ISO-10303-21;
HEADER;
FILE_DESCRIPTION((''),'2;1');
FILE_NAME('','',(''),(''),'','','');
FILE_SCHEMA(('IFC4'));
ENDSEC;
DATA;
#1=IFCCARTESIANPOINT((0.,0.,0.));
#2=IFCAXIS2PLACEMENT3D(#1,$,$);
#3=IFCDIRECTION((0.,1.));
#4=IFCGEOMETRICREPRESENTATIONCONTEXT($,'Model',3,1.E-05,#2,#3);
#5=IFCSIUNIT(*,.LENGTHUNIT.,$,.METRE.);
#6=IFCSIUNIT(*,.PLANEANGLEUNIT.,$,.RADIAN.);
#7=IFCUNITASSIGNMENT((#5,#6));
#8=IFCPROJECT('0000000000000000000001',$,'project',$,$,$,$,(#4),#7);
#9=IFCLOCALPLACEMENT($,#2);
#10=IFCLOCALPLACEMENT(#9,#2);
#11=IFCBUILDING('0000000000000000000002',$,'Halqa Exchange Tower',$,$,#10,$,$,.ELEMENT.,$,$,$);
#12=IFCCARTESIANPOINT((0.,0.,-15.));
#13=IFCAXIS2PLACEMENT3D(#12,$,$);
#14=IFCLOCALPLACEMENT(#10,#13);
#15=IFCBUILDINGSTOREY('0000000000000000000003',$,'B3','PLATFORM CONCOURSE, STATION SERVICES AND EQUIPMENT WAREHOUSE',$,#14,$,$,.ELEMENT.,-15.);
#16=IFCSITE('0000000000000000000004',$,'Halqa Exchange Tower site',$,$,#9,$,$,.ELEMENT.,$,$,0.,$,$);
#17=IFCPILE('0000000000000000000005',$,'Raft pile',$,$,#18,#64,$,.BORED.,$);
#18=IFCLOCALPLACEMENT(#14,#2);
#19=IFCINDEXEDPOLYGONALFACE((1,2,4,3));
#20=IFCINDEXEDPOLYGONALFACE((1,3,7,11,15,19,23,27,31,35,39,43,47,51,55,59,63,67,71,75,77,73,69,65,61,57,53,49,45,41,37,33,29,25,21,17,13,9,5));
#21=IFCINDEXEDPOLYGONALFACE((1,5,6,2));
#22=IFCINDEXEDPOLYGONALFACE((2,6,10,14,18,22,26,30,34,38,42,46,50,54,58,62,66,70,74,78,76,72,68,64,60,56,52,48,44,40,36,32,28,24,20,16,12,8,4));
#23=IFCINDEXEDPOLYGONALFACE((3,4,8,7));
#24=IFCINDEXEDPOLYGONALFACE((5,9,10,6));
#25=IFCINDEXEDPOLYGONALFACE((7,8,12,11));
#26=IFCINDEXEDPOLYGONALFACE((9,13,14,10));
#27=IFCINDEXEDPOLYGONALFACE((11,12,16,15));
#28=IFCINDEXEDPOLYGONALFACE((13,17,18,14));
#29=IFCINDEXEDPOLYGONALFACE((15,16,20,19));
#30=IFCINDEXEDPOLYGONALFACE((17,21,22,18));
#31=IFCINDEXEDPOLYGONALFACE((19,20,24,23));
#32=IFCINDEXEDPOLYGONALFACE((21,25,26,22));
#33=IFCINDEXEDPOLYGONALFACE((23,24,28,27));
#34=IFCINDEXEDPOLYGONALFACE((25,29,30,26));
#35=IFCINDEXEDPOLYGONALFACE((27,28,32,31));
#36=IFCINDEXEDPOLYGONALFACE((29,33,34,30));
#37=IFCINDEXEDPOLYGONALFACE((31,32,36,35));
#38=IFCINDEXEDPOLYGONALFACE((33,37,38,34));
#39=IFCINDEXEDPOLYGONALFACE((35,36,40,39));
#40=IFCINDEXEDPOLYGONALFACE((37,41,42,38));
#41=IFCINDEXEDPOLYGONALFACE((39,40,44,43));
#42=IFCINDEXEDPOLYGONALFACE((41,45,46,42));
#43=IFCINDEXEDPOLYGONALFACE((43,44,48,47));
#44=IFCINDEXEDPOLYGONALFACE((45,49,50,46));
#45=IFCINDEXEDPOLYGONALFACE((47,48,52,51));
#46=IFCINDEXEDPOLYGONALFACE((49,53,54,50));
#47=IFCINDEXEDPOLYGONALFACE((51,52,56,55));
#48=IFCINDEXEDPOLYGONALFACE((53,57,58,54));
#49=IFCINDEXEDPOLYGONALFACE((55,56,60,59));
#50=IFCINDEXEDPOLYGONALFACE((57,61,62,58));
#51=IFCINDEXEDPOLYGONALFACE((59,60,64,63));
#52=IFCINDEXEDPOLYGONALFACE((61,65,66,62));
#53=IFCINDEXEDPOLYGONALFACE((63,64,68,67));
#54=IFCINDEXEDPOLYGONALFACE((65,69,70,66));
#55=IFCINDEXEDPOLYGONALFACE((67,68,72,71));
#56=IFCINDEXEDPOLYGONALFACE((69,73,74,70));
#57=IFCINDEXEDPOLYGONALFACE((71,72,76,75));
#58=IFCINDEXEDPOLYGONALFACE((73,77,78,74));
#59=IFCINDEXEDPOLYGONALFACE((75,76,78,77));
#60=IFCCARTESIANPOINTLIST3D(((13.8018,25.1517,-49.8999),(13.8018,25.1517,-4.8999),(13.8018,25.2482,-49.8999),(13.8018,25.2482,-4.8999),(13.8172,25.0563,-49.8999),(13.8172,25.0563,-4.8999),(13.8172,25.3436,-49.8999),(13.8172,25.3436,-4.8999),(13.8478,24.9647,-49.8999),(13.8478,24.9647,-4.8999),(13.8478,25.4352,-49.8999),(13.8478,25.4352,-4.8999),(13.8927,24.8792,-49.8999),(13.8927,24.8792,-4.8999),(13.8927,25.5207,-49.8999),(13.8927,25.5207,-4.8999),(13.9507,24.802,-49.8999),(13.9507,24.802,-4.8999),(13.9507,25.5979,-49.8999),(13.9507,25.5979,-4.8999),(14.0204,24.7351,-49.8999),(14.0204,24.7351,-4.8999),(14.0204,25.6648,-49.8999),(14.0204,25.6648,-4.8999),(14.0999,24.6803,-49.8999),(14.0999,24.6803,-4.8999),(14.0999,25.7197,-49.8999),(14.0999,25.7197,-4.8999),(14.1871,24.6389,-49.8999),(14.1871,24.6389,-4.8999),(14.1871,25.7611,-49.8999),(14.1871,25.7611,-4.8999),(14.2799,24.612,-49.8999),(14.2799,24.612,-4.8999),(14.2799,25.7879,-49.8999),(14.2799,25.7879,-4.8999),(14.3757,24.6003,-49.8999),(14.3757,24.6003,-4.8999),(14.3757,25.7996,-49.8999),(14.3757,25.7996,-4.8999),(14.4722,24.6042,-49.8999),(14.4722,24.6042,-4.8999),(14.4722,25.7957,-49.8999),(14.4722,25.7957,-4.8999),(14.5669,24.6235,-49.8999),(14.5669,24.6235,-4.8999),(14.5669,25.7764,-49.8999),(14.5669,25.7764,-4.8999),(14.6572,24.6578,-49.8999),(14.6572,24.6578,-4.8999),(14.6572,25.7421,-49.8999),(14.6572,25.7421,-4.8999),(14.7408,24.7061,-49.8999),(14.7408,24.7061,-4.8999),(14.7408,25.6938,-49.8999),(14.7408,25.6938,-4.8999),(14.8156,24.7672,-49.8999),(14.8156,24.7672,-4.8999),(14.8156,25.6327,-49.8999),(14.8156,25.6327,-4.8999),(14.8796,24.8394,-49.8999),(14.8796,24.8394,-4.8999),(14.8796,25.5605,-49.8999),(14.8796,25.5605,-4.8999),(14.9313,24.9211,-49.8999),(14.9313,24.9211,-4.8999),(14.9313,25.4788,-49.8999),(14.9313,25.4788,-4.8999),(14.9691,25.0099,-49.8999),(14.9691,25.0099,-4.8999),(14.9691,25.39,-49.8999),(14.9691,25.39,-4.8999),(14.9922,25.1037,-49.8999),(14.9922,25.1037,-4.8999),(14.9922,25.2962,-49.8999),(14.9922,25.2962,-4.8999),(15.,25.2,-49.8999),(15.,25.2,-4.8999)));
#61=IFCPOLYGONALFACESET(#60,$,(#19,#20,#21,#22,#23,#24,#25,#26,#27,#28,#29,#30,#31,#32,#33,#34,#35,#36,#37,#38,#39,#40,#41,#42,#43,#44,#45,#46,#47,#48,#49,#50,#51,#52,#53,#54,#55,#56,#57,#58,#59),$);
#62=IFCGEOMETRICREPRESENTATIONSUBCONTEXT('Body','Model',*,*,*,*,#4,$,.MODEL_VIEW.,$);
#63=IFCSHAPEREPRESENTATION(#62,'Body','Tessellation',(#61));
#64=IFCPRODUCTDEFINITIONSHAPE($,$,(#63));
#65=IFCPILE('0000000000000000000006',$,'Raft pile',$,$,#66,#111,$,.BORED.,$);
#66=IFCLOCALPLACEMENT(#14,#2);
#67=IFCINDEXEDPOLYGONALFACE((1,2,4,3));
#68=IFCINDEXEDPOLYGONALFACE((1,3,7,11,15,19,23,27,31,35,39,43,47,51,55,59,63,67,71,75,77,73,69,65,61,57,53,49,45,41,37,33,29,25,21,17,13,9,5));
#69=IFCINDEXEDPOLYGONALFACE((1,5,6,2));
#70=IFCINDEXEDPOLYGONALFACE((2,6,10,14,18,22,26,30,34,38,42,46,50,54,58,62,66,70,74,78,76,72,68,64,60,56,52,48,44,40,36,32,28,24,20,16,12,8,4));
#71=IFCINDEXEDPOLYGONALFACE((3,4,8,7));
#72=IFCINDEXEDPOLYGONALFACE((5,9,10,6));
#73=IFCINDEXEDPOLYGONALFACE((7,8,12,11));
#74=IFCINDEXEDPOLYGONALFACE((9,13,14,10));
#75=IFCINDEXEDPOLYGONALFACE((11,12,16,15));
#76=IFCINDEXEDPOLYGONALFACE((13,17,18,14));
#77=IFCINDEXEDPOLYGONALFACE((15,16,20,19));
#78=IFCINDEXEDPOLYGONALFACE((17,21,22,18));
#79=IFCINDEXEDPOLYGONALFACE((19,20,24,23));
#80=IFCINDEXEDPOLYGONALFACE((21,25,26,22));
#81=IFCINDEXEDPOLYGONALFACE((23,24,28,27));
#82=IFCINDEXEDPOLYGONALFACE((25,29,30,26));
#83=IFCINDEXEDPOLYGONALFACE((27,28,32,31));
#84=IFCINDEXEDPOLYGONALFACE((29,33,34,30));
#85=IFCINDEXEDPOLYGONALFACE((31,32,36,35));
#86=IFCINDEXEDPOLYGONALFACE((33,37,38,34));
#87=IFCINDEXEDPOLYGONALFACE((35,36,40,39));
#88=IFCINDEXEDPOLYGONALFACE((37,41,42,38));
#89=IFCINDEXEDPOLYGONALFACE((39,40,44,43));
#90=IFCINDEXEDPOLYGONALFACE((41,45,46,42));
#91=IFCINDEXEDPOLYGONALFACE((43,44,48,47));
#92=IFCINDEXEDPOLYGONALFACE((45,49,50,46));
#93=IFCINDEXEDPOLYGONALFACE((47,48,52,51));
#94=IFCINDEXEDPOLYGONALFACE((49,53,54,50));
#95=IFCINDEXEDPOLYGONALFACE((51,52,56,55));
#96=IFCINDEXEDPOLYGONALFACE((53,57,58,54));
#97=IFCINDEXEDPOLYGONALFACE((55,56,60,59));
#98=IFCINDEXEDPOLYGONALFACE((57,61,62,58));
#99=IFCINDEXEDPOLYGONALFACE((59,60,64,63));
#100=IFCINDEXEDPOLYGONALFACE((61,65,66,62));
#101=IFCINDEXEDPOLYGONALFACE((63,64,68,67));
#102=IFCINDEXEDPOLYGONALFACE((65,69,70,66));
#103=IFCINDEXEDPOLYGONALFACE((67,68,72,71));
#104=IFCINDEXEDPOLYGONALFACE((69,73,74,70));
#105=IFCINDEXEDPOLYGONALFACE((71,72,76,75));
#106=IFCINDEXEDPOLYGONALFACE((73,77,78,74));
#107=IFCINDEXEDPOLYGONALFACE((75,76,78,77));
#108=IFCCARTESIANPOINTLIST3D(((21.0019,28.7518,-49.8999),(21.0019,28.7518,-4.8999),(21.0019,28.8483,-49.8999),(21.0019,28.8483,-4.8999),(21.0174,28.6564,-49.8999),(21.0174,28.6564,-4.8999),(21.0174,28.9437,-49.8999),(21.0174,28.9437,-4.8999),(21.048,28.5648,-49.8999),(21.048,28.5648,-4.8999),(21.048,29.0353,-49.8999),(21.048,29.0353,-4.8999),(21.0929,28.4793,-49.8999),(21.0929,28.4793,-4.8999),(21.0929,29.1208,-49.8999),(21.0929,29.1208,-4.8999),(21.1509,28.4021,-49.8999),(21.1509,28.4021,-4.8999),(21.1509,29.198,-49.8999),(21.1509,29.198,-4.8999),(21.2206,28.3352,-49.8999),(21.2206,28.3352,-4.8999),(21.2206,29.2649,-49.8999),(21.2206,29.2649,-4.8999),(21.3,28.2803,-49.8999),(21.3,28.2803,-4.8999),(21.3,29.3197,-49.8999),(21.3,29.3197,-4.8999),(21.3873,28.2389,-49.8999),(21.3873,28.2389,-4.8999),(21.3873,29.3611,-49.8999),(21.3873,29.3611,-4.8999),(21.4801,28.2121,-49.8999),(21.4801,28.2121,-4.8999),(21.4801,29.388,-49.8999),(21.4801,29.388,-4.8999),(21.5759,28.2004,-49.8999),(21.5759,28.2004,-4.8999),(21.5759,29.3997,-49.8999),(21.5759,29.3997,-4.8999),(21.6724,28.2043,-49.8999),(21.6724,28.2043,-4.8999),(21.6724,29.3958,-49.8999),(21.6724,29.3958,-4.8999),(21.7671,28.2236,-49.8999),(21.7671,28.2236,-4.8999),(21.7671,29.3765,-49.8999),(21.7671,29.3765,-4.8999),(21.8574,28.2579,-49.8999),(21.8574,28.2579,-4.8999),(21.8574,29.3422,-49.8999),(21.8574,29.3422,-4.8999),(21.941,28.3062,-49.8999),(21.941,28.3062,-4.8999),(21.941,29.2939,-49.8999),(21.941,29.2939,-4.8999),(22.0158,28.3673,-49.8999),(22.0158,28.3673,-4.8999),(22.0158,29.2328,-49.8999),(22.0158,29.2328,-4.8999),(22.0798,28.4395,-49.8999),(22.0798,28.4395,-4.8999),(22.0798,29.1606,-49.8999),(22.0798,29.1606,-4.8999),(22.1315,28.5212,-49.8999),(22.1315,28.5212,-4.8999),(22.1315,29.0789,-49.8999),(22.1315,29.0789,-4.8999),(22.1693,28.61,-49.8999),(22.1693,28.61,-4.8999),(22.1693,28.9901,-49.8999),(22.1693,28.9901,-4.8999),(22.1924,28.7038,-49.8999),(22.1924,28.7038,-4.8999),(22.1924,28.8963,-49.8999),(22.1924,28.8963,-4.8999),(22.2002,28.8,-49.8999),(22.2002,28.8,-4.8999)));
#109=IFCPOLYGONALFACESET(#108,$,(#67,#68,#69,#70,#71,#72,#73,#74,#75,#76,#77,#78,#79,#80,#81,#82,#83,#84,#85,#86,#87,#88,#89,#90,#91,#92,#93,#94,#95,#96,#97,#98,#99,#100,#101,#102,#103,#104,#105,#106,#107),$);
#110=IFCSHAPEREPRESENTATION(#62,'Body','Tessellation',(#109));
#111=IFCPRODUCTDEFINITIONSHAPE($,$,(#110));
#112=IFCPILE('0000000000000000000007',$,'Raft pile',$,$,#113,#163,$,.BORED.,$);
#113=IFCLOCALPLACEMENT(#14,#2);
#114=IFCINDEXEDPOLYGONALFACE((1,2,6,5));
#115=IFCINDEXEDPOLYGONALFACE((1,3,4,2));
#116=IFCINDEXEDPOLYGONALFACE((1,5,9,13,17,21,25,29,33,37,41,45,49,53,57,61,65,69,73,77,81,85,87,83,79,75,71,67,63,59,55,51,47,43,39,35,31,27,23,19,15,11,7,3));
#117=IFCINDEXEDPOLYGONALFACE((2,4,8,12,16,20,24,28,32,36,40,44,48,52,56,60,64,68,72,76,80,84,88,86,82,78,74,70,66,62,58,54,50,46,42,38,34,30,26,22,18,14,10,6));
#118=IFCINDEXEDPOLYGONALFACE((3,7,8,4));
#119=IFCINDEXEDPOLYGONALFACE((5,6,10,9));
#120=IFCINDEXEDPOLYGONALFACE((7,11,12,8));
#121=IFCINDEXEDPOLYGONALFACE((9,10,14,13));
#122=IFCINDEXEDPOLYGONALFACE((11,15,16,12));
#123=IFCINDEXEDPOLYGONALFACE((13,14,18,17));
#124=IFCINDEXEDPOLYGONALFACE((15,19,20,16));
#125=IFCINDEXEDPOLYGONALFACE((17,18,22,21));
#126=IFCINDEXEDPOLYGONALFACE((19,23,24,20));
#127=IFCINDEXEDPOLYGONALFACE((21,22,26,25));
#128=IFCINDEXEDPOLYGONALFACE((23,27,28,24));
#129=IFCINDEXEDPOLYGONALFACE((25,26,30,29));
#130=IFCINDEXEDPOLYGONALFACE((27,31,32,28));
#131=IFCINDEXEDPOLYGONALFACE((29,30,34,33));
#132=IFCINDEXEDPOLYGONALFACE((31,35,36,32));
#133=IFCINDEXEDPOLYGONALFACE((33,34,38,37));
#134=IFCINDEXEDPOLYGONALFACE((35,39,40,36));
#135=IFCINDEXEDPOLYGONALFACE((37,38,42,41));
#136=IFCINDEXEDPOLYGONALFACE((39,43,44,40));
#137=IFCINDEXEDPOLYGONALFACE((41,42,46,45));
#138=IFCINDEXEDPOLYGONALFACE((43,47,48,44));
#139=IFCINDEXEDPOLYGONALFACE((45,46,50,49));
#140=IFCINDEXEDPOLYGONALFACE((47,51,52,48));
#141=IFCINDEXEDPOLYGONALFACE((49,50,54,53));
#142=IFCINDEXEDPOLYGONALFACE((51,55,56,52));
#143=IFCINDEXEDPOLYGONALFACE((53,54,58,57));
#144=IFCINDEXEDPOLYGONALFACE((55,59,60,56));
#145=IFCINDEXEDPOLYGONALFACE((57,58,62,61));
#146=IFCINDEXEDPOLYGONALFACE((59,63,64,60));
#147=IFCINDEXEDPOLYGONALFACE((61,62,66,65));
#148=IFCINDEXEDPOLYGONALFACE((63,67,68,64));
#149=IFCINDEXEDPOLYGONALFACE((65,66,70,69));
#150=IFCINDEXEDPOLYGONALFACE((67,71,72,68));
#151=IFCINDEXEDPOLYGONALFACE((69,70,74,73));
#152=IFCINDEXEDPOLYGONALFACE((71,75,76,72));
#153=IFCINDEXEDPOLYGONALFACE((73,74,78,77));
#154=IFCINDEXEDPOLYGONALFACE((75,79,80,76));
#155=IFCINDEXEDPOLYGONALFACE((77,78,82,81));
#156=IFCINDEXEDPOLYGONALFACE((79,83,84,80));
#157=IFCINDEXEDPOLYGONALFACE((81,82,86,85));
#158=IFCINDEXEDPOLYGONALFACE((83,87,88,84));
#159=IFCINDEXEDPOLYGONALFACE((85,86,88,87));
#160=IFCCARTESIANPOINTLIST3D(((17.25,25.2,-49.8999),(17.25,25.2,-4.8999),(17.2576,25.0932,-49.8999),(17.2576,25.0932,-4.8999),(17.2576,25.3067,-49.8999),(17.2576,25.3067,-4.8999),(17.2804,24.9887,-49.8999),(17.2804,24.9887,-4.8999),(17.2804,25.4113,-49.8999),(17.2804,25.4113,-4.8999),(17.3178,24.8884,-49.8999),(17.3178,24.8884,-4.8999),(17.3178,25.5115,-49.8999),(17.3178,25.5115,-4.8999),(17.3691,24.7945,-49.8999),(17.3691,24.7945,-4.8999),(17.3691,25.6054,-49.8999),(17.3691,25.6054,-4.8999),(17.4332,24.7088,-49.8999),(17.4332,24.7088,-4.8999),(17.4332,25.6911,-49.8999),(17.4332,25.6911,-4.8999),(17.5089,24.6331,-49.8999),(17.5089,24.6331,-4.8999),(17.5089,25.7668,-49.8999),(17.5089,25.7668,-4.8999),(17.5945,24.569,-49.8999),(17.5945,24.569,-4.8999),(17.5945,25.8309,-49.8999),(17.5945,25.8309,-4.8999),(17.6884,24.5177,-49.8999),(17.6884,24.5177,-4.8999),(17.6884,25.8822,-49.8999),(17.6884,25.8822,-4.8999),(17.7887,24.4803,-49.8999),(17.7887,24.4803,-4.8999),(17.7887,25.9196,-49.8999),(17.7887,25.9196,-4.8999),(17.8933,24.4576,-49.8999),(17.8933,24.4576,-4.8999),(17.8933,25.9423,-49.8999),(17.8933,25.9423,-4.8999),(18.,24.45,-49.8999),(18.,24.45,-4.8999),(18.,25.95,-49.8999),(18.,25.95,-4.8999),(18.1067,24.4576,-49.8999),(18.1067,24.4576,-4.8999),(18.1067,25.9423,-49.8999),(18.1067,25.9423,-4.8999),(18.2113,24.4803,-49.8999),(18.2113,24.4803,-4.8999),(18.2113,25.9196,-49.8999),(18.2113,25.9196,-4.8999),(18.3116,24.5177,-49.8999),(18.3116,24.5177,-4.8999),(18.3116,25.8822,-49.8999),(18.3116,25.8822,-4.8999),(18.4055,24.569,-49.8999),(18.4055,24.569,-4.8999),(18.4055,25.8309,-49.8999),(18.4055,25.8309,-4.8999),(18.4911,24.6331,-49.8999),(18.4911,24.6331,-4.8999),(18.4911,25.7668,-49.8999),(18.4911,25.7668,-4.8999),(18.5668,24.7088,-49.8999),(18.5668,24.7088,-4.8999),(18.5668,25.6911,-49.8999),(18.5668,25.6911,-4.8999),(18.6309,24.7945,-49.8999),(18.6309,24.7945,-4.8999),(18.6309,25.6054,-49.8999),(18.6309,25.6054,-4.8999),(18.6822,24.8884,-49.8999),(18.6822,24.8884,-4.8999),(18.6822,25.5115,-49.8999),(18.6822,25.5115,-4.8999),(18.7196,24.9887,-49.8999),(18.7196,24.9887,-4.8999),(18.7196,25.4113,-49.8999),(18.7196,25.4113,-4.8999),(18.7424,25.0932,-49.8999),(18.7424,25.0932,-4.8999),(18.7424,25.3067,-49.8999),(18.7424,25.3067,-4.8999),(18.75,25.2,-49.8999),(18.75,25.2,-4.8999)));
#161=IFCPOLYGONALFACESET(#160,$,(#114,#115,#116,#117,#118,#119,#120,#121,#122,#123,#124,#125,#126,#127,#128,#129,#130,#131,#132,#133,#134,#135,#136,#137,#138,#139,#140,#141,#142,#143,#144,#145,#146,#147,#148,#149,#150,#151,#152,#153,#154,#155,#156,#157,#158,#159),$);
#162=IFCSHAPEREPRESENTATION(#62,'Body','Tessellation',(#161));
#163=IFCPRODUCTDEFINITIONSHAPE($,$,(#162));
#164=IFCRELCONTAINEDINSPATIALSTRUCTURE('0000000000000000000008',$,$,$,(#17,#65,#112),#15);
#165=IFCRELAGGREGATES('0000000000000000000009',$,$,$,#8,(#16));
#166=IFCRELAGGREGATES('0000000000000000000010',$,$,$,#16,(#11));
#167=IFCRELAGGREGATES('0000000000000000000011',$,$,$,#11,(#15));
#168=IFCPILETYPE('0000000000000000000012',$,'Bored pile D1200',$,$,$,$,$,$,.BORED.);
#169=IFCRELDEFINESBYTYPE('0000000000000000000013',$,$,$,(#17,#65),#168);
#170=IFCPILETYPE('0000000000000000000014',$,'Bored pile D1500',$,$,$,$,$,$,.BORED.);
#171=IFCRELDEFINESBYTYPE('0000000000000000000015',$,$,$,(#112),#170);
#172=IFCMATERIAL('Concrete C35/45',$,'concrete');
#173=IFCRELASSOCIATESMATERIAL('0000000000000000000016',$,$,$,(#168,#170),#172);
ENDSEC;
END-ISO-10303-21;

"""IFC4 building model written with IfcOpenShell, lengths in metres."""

from ifc_helpers import new_model, si_unit, direction, frame, origin, origin_2d, place, context, subcontext, project, spatial, circle, extrude, material, material_profile, profile_set, type_object, element, save


model = new_model("IFC4")

# Units and contexts
model_context = context("Model", 3, precision=1e-05, world=origin(), true_north=direction((0.0, 1.0)))
body_context = subcontext(model_context, "Body", "Model", "MODEL_VIEW")
ifc_project = project(units=[si_unit("LENGTHUNIT", "METRE"), si_unit("PLANEANGLEUNIT", "RADIAN")], contexts=[model_context])

# Site, building, storey
site_placement = place(None, origin())
site = spatial("IfcSite", under=ifc_project, at=site_placement, Name="Halqa Exchange Tower site", CompositionType="ELEMENT", RefElevation=0.0)
building_placement = place(site_placement, origin())
building = spatial("IfcBuilding", under=site, at=building_placement, Name="Halqa Exchange Tower", CompositionType="ELEMENT")
storey_placement = place(building_placement, frame((0.0, 0.0, -15.0)))
storey = spatial("IfcBuildingStorey", under=building, at=storey_placement, Name="B3", Description="PLATFORM CONCOURSE, STATION SERVICES AND EQUIPMENT WAREHOUSE", CompositionType="ELEMENT", Elevation=-15.0)

# Piles
ifc_material_1 = material(Name="Concrete C35/45", Category="concrete")
ifc_material_profile_1 = material_profile(ifc_material_1, circle(Radius=0.6001, at=origin_2d()), Name="D1200")
ifc_profile_set_1 = profile_set([ifc_material_profile_1], Name="Concrete C35/45")
pile_type_1 = type_object("IfcPileType", Name="Bored pile D1200", PredefinedType="BORED", material=ifc_profile_set_1)
for number, where, z_axis, x_axis, name in (
    (1, (14.3999, 25.2, -4.8999), (0.0, 0.0, -1.0), (1.0, 0.0, 0.0), "Raft pile"),
    (2, (21.6001, 28.8, -4.8999), (0.0, 0.0, -1.0), (1.0, 0.0, 0.0), "Raft pile"),
):
    element("IfcPile", number, at=place(storey_placement, frame(where, z_axis=z_axis, x_axis=x_axis)), inside=storey, type_object=pile_type_1, Name=name, PredefinedType="BORED", context=body_context, shape_type="SweptSolid", body=[
        extrude(circle(Radius=0.6001, at=origin_2d()), origin(), (0.0, 0.0, 1.0), 45.0),
    ])
ifc_material_profile_2 = material_profile(ifc_material_1, circle(Radius=0.75, at=origin_2d()), Name="D1500")
ifc_profile_set_2 = profile_set([ifc_material_profile_2], Name="Concrete C35/45")
pile_type_2 = type_object("IfcPileType", Name="Bored pile D1500", PredefinedType="BORED", material=ifc_profile_set_2)
for number, where, z_axis, x_axis, name in (
    (3, (18.0, 25.2, -4.8999), (0.0, 0.0, -1.0), (1.0, 0.0, 0.0), "Raft pile"),
):
    element("IfcPile", number, at=place(storey_placement, frame(where, z_axis=z_axis, x_axis=x_axis)), inside=storey, type_object=pile_type_2, Name=name, PredefinedType="BORED", context=body_context, shape_type="SweptSolid", body=[
        extrude(circle(Radius=0.75, at=origin_2d()), origin(), (0.0, 0.0, 1.0), 45.0),
    ])

save(model, "model.ifc")
